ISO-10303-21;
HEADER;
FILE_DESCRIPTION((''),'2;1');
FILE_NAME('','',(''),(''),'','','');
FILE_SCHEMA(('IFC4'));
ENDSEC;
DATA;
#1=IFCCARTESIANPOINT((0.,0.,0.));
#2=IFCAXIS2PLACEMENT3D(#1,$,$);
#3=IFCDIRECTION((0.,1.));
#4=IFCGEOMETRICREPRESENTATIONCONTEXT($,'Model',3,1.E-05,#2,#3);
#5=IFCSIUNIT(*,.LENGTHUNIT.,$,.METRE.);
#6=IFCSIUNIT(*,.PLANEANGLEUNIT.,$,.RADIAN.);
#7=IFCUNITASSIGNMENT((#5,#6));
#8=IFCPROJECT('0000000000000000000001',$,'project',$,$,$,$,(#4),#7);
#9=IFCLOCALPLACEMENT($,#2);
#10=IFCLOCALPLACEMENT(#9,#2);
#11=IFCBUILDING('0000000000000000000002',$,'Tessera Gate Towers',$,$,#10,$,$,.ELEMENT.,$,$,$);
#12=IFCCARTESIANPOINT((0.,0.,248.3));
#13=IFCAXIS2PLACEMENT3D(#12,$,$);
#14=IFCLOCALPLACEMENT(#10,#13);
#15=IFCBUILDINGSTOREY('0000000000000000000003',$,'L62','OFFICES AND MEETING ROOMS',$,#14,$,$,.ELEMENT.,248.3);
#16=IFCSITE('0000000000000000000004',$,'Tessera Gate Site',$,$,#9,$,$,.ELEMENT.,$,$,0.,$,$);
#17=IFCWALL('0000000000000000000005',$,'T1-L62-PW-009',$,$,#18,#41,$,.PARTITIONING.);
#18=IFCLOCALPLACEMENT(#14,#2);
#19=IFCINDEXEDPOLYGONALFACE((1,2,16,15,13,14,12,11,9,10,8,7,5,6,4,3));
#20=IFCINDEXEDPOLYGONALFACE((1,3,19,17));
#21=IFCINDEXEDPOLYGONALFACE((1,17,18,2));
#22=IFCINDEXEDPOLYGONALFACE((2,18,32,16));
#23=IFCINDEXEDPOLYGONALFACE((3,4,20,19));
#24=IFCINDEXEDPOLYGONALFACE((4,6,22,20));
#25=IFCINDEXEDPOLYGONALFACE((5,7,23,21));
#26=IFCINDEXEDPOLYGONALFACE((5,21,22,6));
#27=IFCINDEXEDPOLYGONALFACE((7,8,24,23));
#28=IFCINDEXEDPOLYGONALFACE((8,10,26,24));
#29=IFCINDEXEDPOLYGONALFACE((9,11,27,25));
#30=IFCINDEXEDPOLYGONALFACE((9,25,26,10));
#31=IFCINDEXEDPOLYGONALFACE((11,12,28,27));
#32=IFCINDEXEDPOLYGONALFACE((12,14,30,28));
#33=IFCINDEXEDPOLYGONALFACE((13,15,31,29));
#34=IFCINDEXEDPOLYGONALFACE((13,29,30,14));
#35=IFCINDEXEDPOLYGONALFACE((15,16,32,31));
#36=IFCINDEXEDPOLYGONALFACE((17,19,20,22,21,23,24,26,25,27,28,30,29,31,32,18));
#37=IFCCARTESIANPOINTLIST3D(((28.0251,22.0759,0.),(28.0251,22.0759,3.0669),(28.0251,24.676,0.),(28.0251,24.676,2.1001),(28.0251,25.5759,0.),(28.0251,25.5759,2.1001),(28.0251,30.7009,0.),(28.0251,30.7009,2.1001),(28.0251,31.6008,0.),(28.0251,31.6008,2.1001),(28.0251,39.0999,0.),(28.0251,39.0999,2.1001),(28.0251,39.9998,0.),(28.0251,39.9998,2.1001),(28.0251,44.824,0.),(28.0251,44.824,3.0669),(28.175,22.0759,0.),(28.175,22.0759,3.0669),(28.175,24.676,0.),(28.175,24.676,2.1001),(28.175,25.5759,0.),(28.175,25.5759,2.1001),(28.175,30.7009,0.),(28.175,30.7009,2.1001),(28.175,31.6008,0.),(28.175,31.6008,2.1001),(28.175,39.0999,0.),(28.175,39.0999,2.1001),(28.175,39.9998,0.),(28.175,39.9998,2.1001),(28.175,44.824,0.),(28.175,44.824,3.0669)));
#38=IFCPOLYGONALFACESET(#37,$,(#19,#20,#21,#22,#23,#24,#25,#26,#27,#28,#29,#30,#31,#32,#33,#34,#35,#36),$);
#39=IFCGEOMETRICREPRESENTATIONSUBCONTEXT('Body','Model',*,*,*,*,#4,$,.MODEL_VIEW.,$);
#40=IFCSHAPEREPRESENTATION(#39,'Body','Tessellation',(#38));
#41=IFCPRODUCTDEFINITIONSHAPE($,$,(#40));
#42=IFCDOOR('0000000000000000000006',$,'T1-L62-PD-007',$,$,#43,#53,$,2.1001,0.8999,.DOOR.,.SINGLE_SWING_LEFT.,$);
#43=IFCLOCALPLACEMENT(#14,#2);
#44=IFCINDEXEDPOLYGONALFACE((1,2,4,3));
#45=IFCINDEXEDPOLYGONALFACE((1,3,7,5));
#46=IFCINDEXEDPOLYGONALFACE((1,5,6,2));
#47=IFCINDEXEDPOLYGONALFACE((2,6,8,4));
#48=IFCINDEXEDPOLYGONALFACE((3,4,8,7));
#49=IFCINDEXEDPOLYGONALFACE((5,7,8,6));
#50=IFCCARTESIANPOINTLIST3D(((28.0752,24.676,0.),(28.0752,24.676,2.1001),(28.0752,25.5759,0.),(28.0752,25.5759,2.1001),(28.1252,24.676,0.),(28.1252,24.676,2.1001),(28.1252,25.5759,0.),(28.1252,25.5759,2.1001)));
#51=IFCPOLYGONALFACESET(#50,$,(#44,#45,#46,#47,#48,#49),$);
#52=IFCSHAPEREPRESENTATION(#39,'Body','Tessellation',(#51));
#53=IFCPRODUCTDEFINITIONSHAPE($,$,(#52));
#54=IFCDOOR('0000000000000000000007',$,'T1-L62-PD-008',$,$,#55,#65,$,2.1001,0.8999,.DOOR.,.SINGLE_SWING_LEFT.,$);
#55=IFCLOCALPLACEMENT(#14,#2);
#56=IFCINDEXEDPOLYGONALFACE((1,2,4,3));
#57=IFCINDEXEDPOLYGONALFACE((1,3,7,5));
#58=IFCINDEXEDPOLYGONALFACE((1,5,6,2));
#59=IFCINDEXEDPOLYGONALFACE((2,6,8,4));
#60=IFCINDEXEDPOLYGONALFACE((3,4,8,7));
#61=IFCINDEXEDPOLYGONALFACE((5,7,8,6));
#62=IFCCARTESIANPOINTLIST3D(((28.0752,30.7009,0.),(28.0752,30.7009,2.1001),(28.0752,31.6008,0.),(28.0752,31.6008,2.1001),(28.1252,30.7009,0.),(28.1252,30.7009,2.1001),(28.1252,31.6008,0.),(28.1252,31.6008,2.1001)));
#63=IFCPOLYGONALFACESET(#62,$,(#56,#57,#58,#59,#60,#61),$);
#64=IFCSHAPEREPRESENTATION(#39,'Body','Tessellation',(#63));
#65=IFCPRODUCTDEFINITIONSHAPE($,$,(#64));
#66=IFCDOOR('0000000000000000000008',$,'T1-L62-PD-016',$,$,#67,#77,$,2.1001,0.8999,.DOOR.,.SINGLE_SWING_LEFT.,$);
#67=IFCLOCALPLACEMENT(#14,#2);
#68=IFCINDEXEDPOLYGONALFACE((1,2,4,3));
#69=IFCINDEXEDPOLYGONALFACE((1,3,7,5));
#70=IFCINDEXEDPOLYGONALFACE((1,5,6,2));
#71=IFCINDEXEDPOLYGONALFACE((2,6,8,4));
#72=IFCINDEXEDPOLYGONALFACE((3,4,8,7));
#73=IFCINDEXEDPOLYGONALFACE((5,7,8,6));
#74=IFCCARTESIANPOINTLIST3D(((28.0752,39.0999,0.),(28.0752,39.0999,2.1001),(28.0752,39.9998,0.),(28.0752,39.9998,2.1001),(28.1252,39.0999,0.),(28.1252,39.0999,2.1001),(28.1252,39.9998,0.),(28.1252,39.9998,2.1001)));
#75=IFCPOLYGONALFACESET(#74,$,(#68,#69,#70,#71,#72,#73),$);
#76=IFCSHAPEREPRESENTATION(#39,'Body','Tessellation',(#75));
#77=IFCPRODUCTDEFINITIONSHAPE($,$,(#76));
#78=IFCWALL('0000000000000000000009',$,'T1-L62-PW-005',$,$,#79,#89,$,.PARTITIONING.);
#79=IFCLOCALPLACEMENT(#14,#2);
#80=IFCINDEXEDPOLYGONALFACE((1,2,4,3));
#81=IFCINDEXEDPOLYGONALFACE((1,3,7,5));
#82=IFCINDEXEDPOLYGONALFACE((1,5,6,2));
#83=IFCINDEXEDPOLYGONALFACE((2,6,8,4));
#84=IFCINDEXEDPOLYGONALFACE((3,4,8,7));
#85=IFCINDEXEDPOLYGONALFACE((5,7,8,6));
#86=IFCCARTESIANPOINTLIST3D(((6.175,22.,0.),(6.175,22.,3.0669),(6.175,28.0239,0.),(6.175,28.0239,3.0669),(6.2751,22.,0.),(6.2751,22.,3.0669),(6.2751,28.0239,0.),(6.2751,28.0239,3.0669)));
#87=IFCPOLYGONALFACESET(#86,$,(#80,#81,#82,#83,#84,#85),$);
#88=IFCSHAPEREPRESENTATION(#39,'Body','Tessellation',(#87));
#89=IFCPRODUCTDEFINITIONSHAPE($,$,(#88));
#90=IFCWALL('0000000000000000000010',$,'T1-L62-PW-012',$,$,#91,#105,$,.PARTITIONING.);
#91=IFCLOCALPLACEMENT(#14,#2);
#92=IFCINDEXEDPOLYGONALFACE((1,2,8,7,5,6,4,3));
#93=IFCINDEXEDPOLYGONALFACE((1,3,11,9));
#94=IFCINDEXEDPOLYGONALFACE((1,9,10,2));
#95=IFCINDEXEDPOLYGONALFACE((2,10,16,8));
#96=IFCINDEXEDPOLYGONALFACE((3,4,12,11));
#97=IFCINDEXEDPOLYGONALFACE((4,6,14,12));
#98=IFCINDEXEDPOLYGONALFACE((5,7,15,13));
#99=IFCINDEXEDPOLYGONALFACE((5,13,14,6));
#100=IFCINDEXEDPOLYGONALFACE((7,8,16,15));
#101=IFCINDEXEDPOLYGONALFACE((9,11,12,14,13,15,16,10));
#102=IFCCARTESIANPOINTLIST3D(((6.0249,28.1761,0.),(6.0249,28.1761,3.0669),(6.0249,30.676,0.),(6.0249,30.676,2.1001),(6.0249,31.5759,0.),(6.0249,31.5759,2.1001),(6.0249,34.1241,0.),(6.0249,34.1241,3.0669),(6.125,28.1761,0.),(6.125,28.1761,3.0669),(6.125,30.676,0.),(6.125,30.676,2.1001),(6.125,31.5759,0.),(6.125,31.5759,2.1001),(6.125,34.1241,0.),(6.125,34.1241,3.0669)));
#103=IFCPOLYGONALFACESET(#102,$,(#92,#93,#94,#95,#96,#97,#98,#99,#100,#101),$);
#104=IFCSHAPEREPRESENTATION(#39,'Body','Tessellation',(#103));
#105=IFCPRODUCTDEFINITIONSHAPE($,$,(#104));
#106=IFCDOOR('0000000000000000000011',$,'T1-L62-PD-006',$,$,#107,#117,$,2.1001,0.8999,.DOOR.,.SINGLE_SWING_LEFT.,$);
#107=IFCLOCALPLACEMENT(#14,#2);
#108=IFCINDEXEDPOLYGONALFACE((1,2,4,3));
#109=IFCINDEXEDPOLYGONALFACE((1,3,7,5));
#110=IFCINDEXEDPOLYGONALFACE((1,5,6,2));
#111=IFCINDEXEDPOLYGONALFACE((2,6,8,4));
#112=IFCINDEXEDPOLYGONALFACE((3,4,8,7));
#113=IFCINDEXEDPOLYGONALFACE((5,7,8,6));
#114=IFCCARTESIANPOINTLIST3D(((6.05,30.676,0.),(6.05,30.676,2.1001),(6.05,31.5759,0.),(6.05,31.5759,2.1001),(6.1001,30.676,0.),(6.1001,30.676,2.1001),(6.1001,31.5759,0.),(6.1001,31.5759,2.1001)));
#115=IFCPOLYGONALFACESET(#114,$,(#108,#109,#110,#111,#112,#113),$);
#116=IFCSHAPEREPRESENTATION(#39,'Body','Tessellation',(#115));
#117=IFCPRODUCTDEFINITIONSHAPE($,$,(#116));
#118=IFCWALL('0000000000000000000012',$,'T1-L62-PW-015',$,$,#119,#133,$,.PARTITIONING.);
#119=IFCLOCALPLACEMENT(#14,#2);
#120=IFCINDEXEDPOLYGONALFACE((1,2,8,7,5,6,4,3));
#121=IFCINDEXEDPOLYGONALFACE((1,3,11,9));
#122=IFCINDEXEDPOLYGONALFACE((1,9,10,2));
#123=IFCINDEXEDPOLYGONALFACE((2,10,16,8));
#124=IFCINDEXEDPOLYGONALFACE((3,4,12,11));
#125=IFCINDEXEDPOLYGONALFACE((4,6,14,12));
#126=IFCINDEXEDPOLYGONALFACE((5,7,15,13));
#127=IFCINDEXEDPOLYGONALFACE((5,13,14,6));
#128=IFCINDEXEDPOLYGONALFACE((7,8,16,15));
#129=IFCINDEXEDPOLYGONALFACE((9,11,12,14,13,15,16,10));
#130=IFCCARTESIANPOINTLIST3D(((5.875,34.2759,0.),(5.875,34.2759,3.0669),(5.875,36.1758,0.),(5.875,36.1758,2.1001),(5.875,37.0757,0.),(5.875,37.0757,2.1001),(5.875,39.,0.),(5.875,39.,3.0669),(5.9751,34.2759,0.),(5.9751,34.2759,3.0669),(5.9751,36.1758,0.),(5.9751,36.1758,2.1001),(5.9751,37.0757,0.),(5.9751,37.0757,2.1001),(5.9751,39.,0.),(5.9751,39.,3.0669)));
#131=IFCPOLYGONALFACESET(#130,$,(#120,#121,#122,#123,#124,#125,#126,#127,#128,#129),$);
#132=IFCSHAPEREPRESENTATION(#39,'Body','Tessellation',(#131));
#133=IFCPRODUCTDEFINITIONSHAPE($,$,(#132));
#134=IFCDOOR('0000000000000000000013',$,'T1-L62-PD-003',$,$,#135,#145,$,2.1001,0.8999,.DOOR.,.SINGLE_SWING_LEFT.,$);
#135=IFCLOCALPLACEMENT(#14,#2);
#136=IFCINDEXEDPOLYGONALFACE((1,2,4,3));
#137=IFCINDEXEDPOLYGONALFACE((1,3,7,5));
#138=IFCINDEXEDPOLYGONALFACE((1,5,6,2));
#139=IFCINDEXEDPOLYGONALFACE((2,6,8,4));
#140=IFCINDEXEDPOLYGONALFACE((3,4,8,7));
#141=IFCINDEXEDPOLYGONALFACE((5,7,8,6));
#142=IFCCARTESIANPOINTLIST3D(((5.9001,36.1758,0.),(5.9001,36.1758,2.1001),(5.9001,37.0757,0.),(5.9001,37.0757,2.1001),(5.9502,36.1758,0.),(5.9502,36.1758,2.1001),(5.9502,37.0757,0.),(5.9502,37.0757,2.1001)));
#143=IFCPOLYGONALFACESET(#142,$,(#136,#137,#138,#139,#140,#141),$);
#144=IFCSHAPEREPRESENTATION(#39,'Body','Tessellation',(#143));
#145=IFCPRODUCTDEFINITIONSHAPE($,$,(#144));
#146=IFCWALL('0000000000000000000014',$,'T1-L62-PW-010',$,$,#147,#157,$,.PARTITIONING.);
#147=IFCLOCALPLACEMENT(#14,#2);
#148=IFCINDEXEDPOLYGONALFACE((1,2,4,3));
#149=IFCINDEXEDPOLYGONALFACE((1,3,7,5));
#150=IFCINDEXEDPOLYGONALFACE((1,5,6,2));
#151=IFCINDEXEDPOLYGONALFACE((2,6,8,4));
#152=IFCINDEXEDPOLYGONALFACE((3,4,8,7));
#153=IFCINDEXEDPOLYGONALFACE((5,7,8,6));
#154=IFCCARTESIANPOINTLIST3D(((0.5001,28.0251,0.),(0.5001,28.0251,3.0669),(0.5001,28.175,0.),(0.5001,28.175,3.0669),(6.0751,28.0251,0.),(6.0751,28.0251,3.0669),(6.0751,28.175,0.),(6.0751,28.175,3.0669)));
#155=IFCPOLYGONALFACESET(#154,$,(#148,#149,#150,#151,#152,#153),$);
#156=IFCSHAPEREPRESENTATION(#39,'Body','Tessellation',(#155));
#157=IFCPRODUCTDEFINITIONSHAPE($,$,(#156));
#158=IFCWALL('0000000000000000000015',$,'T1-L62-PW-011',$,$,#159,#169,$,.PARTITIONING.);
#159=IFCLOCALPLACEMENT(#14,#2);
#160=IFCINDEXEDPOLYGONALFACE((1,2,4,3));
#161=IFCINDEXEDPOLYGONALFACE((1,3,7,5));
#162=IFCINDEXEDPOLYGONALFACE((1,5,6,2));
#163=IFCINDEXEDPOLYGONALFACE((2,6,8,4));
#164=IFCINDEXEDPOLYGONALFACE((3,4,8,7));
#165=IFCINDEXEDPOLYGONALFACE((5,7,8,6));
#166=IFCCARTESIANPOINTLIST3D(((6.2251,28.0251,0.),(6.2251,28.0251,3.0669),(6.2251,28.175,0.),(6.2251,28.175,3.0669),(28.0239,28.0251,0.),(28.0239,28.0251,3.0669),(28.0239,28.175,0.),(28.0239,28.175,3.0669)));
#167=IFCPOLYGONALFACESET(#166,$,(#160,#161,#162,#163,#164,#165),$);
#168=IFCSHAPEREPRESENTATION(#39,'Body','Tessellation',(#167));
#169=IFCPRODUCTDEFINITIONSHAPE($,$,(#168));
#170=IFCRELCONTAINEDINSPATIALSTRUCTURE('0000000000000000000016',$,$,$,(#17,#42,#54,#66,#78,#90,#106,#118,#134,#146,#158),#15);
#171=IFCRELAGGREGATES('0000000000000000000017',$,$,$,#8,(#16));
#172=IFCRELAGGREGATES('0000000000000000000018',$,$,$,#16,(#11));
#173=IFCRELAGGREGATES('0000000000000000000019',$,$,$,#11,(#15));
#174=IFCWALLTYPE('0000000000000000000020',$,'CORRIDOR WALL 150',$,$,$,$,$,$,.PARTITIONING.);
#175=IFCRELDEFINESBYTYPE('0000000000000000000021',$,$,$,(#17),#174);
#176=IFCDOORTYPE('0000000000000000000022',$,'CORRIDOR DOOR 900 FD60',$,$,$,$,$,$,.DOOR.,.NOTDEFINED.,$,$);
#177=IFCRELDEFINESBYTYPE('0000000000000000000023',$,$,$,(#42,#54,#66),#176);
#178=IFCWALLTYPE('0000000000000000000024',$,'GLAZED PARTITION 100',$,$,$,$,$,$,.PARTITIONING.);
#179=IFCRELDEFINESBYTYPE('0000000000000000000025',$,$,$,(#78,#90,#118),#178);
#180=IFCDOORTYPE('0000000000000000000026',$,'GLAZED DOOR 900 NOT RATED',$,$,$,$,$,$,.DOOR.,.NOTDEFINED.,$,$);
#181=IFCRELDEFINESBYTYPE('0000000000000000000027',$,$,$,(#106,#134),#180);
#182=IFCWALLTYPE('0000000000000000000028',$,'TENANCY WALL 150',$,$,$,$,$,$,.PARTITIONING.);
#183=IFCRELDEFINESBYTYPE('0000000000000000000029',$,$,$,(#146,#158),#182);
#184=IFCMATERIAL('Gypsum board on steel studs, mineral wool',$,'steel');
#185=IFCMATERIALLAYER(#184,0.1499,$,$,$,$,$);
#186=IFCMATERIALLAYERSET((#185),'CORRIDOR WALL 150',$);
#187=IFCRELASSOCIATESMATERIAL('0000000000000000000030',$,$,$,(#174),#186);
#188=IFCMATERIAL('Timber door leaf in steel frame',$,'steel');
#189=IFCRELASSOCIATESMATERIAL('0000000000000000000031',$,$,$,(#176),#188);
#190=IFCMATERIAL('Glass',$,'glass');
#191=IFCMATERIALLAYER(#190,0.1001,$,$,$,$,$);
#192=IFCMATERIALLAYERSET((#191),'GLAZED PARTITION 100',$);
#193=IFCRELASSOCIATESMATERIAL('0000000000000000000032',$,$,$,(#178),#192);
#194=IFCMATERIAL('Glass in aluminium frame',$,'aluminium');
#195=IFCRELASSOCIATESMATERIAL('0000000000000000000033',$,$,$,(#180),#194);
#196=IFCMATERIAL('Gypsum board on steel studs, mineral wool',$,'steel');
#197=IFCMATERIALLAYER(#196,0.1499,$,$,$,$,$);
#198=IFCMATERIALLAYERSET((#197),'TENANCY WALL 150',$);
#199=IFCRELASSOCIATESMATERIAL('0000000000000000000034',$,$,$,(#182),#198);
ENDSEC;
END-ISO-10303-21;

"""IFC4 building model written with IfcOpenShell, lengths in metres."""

from ifc_helpers import new_model, si_unit, direction, frame, frame_2d, origin, place, context, subcontext, project, spatial, rectangle, extrude, source, transform, mapped, material, layer, layer_set, type_object, element, fill, save


model = new_model("IFC4")

# Units and contexts
model_context = context("Model", 3, precision=1e-05, world=origin(), true_north=direction((0.0, 1.0)))
body_context = subcontext(model_context, "Body", "Model", "MODEL_VIEW")
ifc_project = project(units=[si_unit("LENGTHUNIT", "METRE"), si_unit("PLANEANGLEUNIT", "RADIAN")], contexts=[model_context])

# Site, building, storey
site_placement = place(None, origin())
site = spatial("IfcSite", under=ifc_project, at=site_placement, Name="Tessera Gate Site", CompositionType="ELEMENT", RefElevation=0.0)
building_placement = place(site_placement, origin())
building = spatial("IfcBuilding", under=site, at=building_placement, Name="Tessera Gate Towers", CompositionType="ELEMENT")
storey_placement = place(building_placement, frame((0.0, 0.0, 248.3)))
storey = spatial("IfcBuildingStorey", under=building, at=storey_placement, Name="L62", Description="OFFICES AND MEETING ROOMS", CompositionType="ELEMENT", Elevation=248.3)

# Wall, openings, doors
ifc_material_1 = material(Name="Gypsum board on steel studs, mineral wool", Category="steel")
ifc_layer_1 = layer(ifc_material_1, 0.1499)
ifc_layer_set_1 = layer_set([ifc_layer_1], Name="CORRIDOR WALL 150")
wall_type_1 = type_object("IfcWallType", Name="CORRIDOR WALL 150", PredefinedType="PARTITIONING", material=ifc_layer_set_1)
wall_1_placement = place(storey_placement, frame((28.1001, 22.0759, 0.0), z_axis=(0.0, 0.0, 1.0), x_axis=(0.0, 1.0, 0.0)))
wall_1 = element("IfcWall", 1, at=wall_1_placement, inside=storey, type_object=wall_type_1, Name="T1-L62-PW-009", PredefinedType="PARTITIONING", context=body_context, shape_type="SweptSolid", body=[
    extrude(rectangle(XDim=22.748, YDim=0.1499, at=frame_2d((11.374, 0.0))), origin(), (0.0, 0.0, 1.0), 3.0669),
])
shared_shape_1 = source(origin(), body_context, "Body", "SweptSolid", [
    extrude(rectangle(XDim=0.8999, YDim=2.1001, at=frame_2d((0.45, 1.05))), frame((0.0, 0.085, 0.0), z_axis=(0.0, -1.0, 0.0), x_axis=(1.0, 0.0, 0.0)), (0.0, 0.0, 1.0), 0.1699),
])
opening_1_placement = place(wall_1_placement, frame((2.6001, 0.0, 0.0)))
opening_1 = element("IfcOpeningElement", 2, at=opening_1_placement, cuts=wall_1, PredefinedType="OPENING", context=body_context, shape_type="MappedRepresentation", body=[
    mapped(shared_shape_1, transform((0.0, 0.0, 0.0), scale=1.0)),
])
opening_2_placement = place(wall_1_placement, frame((8.625, 0.0, 0.0)))
opening_2 = element("IfcOpeningElement", 3, at=opening_2_placement, cuts=wall_1, PredefinedType="OPENING", context=body_context, shape_type="MappedRepresentation", body=[
    mapped(shared_shape_1, transform((0.0, 0.0, 0.0), scale=1.0)),
])
opening_3_placement = place(wall_1_placement, frame((17.0239, 0.0, 0.0)))
opening_3 = element("IfcOpeningElement", 4, at=opening_3_placement, cuts=wall_1, PredefinedType="OPENING", context=body_context, shape_type="MappedRepresentation", body=[
    mapped(shared_shape_1, transform((0.0, 0.0, 0.0), scale=1.0)),
])
ifc_material_2 = material(Name="Timber door leaf in steel frame", Category="steel")
door_type_1 = type_object("IfcDoorType", Name="CORRIDOR DOOR 900 FD60", OperationType="NOTDEFINED", PredefinedType="DOOR", material=ifc_material_2)
shared_shape_2 = source(origin(), body_context, "Body", "SweptSolid", [
    extrude(rectangle(XDim=0.8999, YDim=2.1001, at=frame_2d((0.45, 1.05))), frame((0.0, 0.0249, 0.0), z_axis=(0.0, -1.0, 0.0), x_axis=(1.0, 0.0, 0.0)), (0.0, 0.0, 1.0), 0.05),
])
door_1_placement = place(opening_1_placement, origin())
door_1 = element("IfcDoor", 5, at=door_1_placement, inside=storey, type_object=door_type_1, Name="T1-L62-PD-007", OperationType="SINGLE_SWING_LEFT", OverallHeight=2.1001, OverallWidth=0.8999, PredefinedType="DOOR", context=body_context, shape_type="MappedRepresentation", body=[
    mapped(shared_shape_2, transform((0.0, 0.0, 0.0), scale=1.0)),
])
fill(opening_1, door_1)
door_2_placement = place(opening_2_placement, origin())
door_2 = element("IfcDoor", 6, at=door_2_placement, inside=storey, type_object=door_type_1, Name="T1-L62-PD-008", OperationType="SINGLE_SWING_LEFT", OverallHeight=2.1001, OverallWidth=0.8999, PredefinedType="DOOR", context=body_context, shape_type="MappedRepresentation", body=[
    mapped(shared_shape_2, transform((0.0, 0.0, 0.0), scale=1.0)),
])
fill(opening_2, door_2)
door_3_placement = place(opening_3_placement, origin())
door_3 = element("IfcDoor", 7, at=door_3_placement, inside=storey, type_object=door_type_1, Name="T1-L62-PD-016", OperationType="SINGLE_SWING_LEFT", OverallHeight=2.1001, OverallWidth=0.8999, PredefinedType="DOOR", context=body_context, shape_type="MappedRepresentation", body=[
    mapped(shared_shape_2, transform((0.0, 0.0, 0.0), scale=1.0)),
])
fill(opening_3, door_3)

# Wall
ifc_material_3 = material(Name="Glass", Category="glass")
ifc_layer_2 = layer(ifc_material_3, 0.1001)
ifc_layer_set_2 = layer_set([ifc_layer_2], Name="GLAZED PARTITION 100")
wall_type_2 = type_object("IfcWallType", Name="GLAZED PARTITION 100", PredefinedType="PARTITIONING", material=ifc_layer_set_2)
wall_2_placement = place(storey_placement, frame((6.2251, 22.0, 0.0), z_axis=(0.0, 0.0, 1.0), x_axis=(0.0, 1.0, 0.0)))
element("IfcWall", 8, at=wall_2_placement, inside=storey, type_object=wall_type_2, Name="T1-L62-PW-005", PredefinedType="PARTITIONING", context=body_context, shape_type="SweptSolid", body=[
    extrude(rectangle(XDim=6.0239, YDim=0.1001, at=frame_2d((3.012, 0.0))), origin(), (0.0, 0.0, 1.0), 3.0669),
])

# Walls, openings, doors
wall_3_placement = place(storey_placement, frame((6.075, 28.176, 0.0), z_axis=(0.0, 0.0, 1.0), x_axis=(0.0, 1.0, 0.0)))
wall_3 = element("IfcWall", 9, at=wall_3_placement, inside=storey, type_object=wall_type_2, Name="T1-L62-PW-012", PredefinedType="PARTITIONING", context=body_context, shape_type="SweptSolid", body=[
    extrude(rectangle(XDim=5.948, YDim=0.1001, at=frame_2d((2.9741, 0.0))), origin(), (0.0, 0.0, 1.0), 3.0669),
])
shared_shape_3 = source(origin(), body_context, "Body", "SweptSolid", [
    extrude(rectangle(XDim=0.8999, YDim=2.1001, at=frame_2d((0.45, 1.05))), frame((0.0, 0.0601, 0.0), z_axis=(0.0, -1.0, 0.0), x_axis=(1.0, 0.0, 0.0)), (0.0, 0.0, 1.0), 0.1201),
])
opening_4_placement = place(wall_3_placement, frame((2.5, 0.0, 0.0)))
opening_4 = element("IfcOpeningElement", 10, at=opening_4_placement, cuts=wall_3, PredefinedType="OPENING", context=body_context, shape_type="MappedRepresentation", body=[
    mapped(shared_shape_3, transform((0.0, 0.0, 0.0), scale=1.0)),
])
ifc_material_4 = material(Name="Glass in aluminium frame", Category="aluminium")
door_type_2 = type_object("IfcDoorType", Name="GLAZED DOOR 900 NOT RATED", OperationType="NOTDEFINED", PredefinedType="DOOR", material=ifc_material_4)
door_4_placement = place(opening_4_placement, origin())
door_4 = element("IfcDoor", 11, at=door_4_placement, inside=storey, type_object=door_type_2, Name="T1-L62-PD-006", OperationType="SINGLE_SWING_LEFT", OverallHeight=2.1001, OverallWidth=0.8999, PredefinedType="DOOR", context=body_context, shape_type="MappedRepresentation", body=[
    mapped(shared_shape_2, transform((0.0, 0.0, 0.0), scale=1.0)),
])
fill(opening_4, door_4)
wall_4_placement = place(storey_placement, frame((5.925, 34.2759, 0.0), z_axis=(0.0, 0.0, 1.0), x_axis=(0.0, 1.0, 0.0)))
wall_4 = element("IfcWall", 12, at=wall_4_placement, inside=storey, type_object=wall_type_2, Name="T1-L62-PW-015", PredefinedType="PARTITIONING", context=body_context, shape_type="SweptSolid", body=[
    extrude(rectangle(XDim=4.7241, YDim=0.1001, at=frame_2d((2.3621, 0.0))), origin(), (0.0, 0.0, 1.0), 3.0669),
])
opening_5_placement = place(wall_4_placement, frame((1.8999, 0.0, 0.0)))
opening_5 = element("IfcOpeningElement", 13, at=opening_5_placement, cuts=wall_4, PredefinedType="OPENING", context=body_context, shape_type="MappedRepresentation", body=[
    mapped(shared_shape_3, transform((0.0, 0.0, 0.0), scale=1.0)),
])
door_5_placement = place(opening_5_placement, origin())
door_5 = element("IfcDoor", 14, at=door_5_placement, inside=storey, type_object=door_type_2, Name="T1-L62-PD-003", OperationType="SINGLE_SWING_LEFT", OverallHeight=2.1001, OverallWidth=0.8999, PredefinedType="DOOR", context=body_context, shape_type="MappedRepresentation", body=[
    mapped(shared_shape_2, transform((0.0, 0.0, 0.0), scale=1.0)),
])
fill(opening_5, door_5)

# Walls
ifc_material_5 = material(Name="Gypsum board on steel studs, mineral wool", Category="steel")
ifc_layer_3 = layer(ifc_material_5, 0.1499)
ifc_layer_set_3 = layer_set([ifc_layer_3], Name="TENANCY WALL 150")
wall_type_3 = type_object("IfcWallType", Name="TENANCY WALL 150", PredefinedType="PARTITIONING", material=ifc_layer_set_3)
wall_5_placement = place(storey_placement, frame((0.5, 28.1001, 0.0), z_axis=(0.0, 0.0, 1.0), x_axis=(1.0, 0.0, 0.0)))
element("IfcWall", 15, at=wall_5_placement, inside=storey, type_object=wall_type_3, Name="T1-L62-PW-010", PredefinedType="PARTITIONING", context=body_context, shape_type="SweptSolid", body=[
    extrude(rectangle(XDim=5.575, YDim=0.1499, at=frame_2d((2.7876, 0.0))), origin(), (0.0, 0.0, 1.0), 3.0669),
])
wall_6_placement = place(storey_placement, frame((6.2251, 28.1001, 0.0), z_axis=(0.0, 0.0, 1.0), x_axis=(1.0, 0.0, 0.0)))
element("IfcWall", 16, at=wall_6_placement, inside=storey, type_object=wall_type_3, Name="T1-L62-PW-011", PredefinedType="PARTITIONING", context=body_context, shape_type="SweptSolid", body=[
    extrude(rectangle(XDim=21.7988, YDim=0.1499, at=frame_2d((10.8994, 0.0))), origin(), (0.0, 0.0, 1.0), 3.0669),
])

save(model, "model.ifc")
